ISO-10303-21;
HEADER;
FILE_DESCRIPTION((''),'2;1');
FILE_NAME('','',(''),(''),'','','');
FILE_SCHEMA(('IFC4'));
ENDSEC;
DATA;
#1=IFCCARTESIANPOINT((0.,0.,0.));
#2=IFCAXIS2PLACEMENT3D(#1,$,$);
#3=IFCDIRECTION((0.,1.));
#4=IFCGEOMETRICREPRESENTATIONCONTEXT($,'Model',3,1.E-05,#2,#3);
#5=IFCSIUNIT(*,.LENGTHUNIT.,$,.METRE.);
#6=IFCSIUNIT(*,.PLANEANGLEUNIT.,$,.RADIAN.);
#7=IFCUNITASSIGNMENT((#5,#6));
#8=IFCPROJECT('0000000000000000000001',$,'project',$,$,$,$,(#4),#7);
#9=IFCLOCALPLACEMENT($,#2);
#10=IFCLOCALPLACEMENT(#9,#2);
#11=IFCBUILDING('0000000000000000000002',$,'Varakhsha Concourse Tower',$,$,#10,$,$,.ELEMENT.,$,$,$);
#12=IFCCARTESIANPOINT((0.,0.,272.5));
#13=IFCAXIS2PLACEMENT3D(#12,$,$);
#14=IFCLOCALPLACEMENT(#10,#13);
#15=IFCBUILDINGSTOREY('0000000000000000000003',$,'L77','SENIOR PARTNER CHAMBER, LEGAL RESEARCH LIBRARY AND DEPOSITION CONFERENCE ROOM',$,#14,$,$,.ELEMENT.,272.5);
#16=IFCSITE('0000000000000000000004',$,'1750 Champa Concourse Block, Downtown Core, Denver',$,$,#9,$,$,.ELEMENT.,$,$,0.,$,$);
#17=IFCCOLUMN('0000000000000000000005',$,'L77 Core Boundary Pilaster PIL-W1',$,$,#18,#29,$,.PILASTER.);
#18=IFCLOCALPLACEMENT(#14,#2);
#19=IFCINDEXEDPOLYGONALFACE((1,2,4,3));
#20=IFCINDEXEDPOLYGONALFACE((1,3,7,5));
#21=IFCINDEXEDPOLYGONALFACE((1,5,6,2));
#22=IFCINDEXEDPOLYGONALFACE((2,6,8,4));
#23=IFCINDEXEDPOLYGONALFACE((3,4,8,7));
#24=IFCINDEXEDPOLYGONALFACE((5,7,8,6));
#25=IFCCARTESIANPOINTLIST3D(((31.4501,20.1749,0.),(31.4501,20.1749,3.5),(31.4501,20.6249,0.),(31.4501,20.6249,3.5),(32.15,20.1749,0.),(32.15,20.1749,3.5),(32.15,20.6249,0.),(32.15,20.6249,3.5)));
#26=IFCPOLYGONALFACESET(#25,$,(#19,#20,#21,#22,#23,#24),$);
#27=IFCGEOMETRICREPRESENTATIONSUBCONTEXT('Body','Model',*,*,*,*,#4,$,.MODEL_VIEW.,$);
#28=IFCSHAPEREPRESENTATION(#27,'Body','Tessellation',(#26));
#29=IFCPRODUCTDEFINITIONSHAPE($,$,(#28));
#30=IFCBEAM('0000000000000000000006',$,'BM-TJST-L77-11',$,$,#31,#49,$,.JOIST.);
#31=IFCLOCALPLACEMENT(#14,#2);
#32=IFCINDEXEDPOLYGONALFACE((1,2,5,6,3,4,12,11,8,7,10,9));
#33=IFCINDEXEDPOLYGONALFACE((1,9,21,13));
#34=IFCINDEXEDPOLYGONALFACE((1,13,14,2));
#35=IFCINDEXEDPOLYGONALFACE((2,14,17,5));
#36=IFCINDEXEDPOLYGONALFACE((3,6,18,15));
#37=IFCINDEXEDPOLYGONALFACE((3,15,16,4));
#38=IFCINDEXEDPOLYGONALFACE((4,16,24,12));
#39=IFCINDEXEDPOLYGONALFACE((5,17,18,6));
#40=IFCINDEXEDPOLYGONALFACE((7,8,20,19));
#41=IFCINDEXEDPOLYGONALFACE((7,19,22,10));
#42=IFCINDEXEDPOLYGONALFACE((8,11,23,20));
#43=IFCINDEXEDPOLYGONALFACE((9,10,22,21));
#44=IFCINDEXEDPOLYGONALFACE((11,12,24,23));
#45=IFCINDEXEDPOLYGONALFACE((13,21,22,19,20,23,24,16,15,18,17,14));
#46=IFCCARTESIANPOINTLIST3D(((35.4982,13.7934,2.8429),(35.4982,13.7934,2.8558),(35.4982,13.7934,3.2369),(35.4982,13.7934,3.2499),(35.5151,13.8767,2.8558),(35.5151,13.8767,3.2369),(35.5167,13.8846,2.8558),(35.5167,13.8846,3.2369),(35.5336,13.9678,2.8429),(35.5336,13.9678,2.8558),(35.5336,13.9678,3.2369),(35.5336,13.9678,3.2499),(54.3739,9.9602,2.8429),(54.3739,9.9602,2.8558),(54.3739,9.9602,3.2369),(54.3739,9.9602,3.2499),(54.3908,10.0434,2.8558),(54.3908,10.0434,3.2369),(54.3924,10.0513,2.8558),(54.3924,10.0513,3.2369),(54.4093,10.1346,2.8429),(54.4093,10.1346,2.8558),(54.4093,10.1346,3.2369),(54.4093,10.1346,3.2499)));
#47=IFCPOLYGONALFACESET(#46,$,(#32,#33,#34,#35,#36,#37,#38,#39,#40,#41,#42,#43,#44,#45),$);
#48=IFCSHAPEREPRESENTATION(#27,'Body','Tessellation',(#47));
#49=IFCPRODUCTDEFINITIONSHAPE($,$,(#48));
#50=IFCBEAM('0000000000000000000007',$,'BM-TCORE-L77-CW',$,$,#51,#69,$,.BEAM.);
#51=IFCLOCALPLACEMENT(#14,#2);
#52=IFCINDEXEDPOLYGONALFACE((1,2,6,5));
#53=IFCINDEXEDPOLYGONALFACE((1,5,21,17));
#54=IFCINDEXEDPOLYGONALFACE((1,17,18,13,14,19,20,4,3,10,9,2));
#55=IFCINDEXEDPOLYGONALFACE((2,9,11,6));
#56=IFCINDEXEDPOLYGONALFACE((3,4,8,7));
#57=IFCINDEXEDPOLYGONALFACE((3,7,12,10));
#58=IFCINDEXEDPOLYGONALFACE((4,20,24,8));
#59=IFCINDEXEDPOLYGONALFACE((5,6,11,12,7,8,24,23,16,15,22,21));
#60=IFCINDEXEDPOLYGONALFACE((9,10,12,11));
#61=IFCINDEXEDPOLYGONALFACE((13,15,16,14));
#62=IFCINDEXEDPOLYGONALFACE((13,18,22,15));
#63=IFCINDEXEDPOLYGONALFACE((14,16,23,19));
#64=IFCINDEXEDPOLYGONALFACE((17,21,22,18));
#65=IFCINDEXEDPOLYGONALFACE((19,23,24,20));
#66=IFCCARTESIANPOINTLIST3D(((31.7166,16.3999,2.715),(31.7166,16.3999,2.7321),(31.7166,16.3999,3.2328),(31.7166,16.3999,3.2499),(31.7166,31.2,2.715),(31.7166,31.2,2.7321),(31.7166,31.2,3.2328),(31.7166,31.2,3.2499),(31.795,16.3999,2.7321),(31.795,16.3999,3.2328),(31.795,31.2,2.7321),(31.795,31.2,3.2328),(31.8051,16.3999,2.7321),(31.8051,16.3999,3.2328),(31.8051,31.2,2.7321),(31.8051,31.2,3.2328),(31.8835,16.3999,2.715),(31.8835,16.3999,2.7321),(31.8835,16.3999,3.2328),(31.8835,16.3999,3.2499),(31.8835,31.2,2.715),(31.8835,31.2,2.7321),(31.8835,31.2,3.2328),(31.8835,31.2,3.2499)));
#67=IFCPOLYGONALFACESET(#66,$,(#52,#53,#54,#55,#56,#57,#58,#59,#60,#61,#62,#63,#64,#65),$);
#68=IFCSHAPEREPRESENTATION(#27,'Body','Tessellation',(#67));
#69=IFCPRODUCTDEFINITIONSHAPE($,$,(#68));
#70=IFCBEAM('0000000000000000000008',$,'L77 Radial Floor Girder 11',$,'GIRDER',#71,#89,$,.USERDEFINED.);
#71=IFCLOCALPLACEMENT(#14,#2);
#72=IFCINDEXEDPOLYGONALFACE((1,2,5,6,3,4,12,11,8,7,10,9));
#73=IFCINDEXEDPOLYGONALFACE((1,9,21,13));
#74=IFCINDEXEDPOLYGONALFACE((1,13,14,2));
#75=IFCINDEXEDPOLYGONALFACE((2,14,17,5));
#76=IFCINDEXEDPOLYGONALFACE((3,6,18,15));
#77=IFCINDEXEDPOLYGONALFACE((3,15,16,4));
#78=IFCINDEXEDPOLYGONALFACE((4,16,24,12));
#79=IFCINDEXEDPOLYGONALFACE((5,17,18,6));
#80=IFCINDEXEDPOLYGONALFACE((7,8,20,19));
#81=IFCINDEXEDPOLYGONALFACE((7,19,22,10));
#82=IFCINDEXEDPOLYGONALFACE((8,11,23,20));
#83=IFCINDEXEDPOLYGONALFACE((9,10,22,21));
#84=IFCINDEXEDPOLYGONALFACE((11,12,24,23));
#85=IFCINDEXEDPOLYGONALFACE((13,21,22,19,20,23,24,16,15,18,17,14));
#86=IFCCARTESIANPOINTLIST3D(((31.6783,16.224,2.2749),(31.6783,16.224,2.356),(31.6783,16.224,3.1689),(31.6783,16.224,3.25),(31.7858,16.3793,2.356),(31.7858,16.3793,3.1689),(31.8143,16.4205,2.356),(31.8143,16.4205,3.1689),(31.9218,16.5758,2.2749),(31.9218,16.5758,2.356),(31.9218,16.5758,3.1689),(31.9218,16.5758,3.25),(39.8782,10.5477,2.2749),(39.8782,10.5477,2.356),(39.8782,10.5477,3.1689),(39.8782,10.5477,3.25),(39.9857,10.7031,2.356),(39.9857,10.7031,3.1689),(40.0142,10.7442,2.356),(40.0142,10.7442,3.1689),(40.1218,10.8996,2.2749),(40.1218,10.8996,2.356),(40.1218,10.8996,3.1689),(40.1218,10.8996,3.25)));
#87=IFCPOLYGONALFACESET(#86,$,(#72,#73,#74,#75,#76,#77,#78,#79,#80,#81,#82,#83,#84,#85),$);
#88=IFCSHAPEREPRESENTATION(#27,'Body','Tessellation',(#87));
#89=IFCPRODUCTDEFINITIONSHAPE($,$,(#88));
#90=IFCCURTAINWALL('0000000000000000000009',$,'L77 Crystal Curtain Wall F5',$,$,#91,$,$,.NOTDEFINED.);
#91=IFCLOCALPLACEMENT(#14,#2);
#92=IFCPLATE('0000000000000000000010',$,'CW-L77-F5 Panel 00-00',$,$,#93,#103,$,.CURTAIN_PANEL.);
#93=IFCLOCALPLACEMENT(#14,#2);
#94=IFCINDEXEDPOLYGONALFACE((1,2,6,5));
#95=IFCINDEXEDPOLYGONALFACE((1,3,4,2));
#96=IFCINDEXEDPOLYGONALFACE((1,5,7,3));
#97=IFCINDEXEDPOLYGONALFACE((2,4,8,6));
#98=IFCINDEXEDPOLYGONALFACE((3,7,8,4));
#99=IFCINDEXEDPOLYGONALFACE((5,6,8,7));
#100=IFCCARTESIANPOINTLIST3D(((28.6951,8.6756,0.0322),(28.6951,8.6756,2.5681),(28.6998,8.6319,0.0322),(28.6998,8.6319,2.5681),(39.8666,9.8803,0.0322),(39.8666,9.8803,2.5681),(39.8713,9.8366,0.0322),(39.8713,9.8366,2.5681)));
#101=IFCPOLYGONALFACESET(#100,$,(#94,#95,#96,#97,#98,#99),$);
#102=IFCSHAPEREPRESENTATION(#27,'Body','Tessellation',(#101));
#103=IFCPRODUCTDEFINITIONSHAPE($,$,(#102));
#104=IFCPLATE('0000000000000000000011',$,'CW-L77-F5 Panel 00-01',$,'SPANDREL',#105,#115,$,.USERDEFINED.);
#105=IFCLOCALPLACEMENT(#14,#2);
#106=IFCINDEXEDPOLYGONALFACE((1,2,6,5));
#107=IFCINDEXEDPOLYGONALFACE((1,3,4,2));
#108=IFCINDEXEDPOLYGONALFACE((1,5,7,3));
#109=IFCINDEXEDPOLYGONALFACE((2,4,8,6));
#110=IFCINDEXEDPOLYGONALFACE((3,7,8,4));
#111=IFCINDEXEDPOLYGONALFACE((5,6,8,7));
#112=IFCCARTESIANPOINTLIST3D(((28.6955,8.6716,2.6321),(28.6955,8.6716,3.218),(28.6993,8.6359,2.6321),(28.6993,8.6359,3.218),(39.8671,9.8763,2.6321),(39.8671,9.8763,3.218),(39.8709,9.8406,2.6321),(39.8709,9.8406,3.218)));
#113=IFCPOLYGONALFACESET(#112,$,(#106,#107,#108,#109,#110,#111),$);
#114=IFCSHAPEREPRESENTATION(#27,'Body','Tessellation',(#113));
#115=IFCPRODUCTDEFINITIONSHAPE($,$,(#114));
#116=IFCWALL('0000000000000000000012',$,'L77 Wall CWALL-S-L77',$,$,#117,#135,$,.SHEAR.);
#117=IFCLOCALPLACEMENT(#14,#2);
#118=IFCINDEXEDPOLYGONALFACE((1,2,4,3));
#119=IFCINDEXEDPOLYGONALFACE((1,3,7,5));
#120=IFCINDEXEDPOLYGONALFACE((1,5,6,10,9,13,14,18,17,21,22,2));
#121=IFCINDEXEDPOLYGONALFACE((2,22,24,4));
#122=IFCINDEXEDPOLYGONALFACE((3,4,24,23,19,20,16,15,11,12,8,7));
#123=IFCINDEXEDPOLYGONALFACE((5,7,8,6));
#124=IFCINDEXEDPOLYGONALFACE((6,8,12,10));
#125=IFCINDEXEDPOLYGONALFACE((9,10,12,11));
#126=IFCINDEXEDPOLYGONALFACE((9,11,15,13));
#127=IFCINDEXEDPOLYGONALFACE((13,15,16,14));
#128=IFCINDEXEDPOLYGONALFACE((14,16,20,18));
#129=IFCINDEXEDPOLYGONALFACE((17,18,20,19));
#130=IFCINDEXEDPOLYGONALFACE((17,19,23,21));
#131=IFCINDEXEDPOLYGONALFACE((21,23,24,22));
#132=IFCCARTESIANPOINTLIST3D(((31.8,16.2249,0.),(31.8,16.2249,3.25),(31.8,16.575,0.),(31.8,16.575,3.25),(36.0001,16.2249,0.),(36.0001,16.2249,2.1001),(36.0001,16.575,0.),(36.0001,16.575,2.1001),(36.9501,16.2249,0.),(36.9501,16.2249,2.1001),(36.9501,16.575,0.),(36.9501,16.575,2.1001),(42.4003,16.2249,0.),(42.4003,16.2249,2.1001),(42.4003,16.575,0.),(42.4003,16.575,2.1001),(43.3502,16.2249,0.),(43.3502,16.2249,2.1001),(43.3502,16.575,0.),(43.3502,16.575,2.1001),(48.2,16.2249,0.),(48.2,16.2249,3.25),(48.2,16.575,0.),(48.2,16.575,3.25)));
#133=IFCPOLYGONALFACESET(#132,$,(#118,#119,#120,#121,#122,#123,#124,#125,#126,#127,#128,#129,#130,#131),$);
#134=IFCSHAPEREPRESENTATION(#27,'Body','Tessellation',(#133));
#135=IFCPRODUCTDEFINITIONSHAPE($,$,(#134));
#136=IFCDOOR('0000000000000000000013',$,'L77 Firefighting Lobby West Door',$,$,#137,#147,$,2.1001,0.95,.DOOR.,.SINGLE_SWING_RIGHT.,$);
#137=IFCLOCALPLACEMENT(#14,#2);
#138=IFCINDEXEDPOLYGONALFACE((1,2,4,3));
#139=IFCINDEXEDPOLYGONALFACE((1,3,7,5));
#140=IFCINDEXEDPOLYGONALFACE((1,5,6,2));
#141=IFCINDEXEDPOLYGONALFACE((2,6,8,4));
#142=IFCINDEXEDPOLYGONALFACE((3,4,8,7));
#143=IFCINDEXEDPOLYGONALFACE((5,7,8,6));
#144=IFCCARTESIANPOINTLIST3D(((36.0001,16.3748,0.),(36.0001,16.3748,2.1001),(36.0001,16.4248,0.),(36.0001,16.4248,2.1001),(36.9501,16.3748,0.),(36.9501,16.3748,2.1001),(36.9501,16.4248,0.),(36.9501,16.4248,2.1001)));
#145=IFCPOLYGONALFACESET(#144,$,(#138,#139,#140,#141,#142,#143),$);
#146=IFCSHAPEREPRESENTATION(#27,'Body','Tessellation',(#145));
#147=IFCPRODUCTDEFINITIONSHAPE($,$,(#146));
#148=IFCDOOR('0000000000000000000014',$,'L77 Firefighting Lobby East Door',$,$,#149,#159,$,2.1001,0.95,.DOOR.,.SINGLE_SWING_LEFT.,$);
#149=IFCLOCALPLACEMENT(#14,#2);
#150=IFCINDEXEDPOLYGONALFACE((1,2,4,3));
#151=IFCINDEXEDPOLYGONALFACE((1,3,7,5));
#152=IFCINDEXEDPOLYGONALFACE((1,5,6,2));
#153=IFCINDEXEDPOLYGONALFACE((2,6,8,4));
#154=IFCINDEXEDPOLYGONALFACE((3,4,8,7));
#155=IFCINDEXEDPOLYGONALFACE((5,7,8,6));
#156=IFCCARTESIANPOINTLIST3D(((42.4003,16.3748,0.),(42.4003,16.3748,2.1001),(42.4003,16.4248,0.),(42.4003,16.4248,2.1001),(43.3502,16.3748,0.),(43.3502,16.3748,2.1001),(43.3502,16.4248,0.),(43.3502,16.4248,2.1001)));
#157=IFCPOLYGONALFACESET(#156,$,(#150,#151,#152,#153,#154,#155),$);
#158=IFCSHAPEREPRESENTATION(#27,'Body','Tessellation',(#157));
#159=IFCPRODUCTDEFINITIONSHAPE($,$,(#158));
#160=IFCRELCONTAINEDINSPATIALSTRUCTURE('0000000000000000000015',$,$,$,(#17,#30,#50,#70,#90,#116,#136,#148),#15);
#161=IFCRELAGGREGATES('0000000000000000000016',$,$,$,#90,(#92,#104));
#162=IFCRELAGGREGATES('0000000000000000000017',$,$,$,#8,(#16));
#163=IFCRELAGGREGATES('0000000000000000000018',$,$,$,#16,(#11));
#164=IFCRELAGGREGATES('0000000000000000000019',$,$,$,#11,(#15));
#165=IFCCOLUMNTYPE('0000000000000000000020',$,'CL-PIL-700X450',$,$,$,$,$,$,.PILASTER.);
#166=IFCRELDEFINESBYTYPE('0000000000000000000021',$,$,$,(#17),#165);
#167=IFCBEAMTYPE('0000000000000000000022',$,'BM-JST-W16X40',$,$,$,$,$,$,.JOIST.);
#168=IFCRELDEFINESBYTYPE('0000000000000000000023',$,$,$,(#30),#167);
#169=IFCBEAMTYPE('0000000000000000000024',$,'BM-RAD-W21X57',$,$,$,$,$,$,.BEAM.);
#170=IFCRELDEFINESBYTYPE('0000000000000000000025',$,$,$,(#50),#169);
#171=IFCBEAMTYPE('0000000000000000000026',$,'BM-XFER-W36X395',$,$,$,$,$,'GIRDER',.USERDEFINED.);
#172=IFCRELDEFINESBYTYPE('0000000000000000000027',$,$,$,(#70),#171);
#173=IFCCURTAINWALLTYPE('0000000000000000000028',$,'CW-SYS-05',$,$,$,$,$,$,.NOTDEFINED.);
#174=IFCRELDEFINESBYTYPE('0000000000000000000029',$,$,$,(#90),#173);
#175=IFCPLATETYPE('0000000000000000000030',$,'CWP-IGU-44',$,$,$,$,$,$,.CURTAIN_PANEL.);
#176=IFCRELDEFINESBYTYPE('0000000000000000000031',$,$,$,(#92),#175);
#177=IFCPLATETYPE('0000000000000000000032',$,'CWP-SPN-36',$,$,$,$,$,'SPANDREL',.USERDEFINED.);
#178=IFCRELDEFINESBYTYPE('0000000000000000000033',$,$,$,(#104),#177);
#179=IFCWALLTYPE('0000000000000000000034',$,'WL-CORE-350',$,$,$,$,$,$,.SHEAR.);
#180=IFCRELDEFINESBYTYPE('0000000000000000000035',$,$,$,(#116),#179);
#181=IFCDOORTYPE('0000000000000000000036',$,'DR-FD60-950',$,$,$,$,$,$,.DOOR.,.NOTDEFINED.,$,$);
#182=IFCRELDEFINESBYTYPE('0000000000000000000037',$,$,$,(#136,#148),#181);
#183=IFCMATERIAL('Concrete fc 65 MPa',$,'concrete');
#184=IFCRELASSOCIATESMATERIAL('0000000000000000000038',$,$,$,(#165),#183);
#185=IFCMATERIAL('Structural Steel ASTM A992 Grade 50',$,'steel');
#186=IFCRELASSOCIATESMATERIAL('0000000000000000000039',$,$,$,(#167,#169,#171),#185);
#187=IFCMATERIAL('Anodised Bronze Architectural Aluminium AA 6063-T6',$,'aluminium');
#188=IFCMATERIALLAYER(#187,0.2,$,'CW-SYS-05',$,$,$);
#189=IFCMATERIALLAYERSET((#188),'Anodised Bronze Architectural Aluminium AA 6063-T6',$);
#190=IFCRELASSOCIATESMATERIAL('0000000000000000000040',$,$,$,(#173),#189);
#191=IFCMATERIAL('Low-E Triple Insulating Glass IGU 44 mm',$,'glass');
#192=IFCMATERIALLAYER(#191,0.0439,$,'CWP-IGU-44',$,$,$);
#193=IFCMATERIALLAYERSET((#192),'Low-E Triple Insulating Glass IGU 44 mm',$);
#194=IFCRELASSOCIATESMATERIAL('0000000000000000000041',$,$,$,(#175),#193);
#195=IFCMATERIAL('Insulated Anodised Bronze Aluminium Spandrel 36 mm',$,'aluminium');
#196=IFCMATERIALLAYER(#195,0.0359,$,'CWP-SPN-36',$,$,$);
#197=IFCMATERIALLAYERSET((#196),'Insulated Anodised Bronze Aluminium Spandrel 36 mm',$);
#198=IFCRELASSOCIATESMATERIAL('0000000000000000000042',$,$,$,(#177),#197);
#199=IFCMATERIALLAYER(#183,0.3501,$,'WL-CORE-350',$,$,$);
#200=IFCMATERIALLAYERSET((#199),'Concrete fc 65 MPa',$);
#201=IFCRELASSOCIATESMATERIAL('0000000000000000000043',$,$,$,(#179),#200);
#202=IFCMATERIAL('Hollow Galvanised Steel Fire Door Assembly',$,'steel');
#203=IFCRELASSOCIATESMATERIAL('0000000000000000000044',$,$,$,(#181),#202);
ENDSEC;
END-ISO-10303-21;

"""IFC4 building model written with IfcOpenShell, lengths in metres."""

from ifc_helpers import new_model, si_unit, direction, frame, frame_2d, origin, origin_2d, place, context, subcontext, project, spatial, rectangle, i_section, extrude, source, transform, mapped, material, layer, layer_set, material_profile, profile_set, type_object, type_shapes, element, fill, aggregate, save


model = new_model("IFC4")

# Units and contexts
model_context = context("Model", 3, precision=1e-05, world=origin(), true_north=direction((0.0, 1.0)))
body_context = subcontext(model_context, "Body", "Model", "MODEL_VIEW")
ifc_project = project(units=[si_unit("LENGTHUNIT", "METRE"), si_unit("PLANEANGLEUNIT", "RADIAN")], contexts=[model_context])

# Site, building, storey
site_placement = place(None, origin())
site = spatial("IfcSite", under=ifc_project, at=site_placement, Name="1750 Champa Concourse Block, Downtown Core, Denver", CompositionType="ELEMENT", RefElevation=0.0)
building_placement = place(site_placement, origin())
building = spatial("IfcBuilding", under=site, at=building_placement, Name="Varakhsha Concourse Tower", CompositionType="ELEMENT")
storey_placement = place(building_placement, frame((0.0, 0.0, 272.5)))
storey = spatial("IfcBuildingStorey", under=building, at=storey_placement, Name="L77", Description="SENIOR PARTNER CHAMBER, LEGAL RESEARCH LIBRARY AND DEPOSITION CONFERENCE ROOM", CompositionType="ELEMENT", Elevation=272.5)

# Column
ifc_material_1 = material(Name="Concrete fc 65 MPa", Category="concrete")
ifc_material_profile_1 = material_profile(ifc_material_1, rectangle(XDim=0.7, YDim=0.45, at=origin_2d()), Name="RC 700x450")
ifc_profile_set_1 = profile_set([ifc_material_profile_1], Name="Concrete fc 65 MPa")
column_type = type_object("IfcColumnType", Name="CL-PIL-700X450", PredefinedType="PILASTER", material=ifc_profile_set_1)
column_placement = place(storey_placement, frame((31.8, 20.3999, 0.0), z_axis=(0.0, 0.0, 1.0), x_axis=(1.0, 0.0, 0.0)))
element("IfcColumn", 1, at=column_placement, inside=storey, type_object=column_type, Name="L77 Core Boundary Pilaster PIL-W1", PredefinedType="PILASTER", context=body_context, shape_type="SweptSolid", body=[
    extrude(rectangle(XDim=0.7, YDim=0.45, at=origin_2d()), origin(), (0.0, 0.0, 1.0), 3.5),
])

# Beams
ifc_material_2 = material(Name="Structural Steel ASTM A992 Grade 50", Category="steel")
ifc_material_profile_2 = material_profile(ifc_material_2, i_section(OverallWidth=0.178, OverallDepth=0.407, WebThickness=0.0081, FlangeThickness=0.0129, at=origin_2d()), Name="W16X40")
ifc_profile_set_2 = profile_set([ifc_material_profile_2], Name="Structural Steel ASTM A992 Grade 50")
beam_type_1 = type_object("IfcBeamType", Name="BM-JST-W16X40", PredefinedType="JOIST", material=ifc_profile_set_2)
beam_1_placement = place(storey_placement, frame((35.5159, 13.8806, 3.0464), z_axis=(0.979996, -0.199016, 0.0), x_axis=(0.199016, 0.979996, 0.0)))
element("IfcBeam", 2, at=beam_1_placement, inside=storey, type_object=beam_type_1, Name="BM-TJST-L77-11", PredefinedType="JOIST", context=body_context, shape_type="SweptSolid", body=[
    extrude(i_section(OverallWidth=0.178, OverallDepth=0.407, WebThickness=0.0081, FlangeThickness=0.0129, at=origin_2d()), origin(), (0.0, 0.0, 1.0), 19.261),
])
ifc_material_profile_3 = material_profile(ifc_material_2, i_section(OverallWidth=0.167, OverallDepth=0.5349, WebThickness=0.01, FlangeThickness=0.0171, at=origin_2d()), Name="W21X57")
ifc_profile_set_3 = profile_set([ifc_material_profile_3], Name="Structural Steel ASTM A992 Grade 50")
beam_type_2 = type_object("IfcBeamType", Name="BM-RAD-W21X57", PredefinedType="BEAM", material=ifc_profile_set_3)
beam_2_placement = place(storey_placement, frame((31.8, 16.3999, 2.9824), z_axis=(0.0, 1.0, 0.0), x_axis=(-1.0, 0.0, 0.0)))
element("IfcBeam", 3, at=beam_2_placement, inside=storey, type_object=beam_type_2, Name="BM-TCORE-L77-CW", PredefinedType="BEAM", context=body_context, shape_type="SweptSolid", body=[
    extrude(i_section(OverallWidth=0.167, OverallDepth=0.5349, WebThickness=0.01, FlangeThickness=0.0171, at=origin_2d()), origin(), (0.0, 0.0, 1.0), 14.8),
])
ifc_material_profile_4 = material_profile(ifc_material_2, i_section(OverallWidth=0.428, OverallDepth=0.9751, WebThickness=0.05, FlangeThickness=0.0811, at=origin_2d()), Name="W36X395")
ifc_profile_set_4 = profile_set([ifc_material_profile_4], Name="Structural Steel ASTM A992 Grade 50")
beam_type_3 = type_object("IfcBeamType", Name="BM-XFER-W36X395", ElementType="GIRDER", PredefinedType="USERDEFINED", material=ifc_profile_set_4)
beam_3_placement = place(storey_placement, frame((31.8, 16.3999, 2.7625), z_axis=(0.822221, -0.569168, 0.0), x_axis=(0.569168, 0.822221, 0.0)))
element("IfcBeam", 4, at=beam_3_placement, inside=storey, type_object=beam_type_3, Name="L77 Radial Floor Girder 11", ObjectType="GIRDER", PredefinedType="USERDEFINED", context=body_context, shape_type="SweptSolid", body=[
    extrude(i_section(OverallWidth=0.428, OverallDepth=0.9751, WebThickness=0.05, FlangeThickness=0.0811, at=origin_2d()), origin(), (0.0, 0.0, 1.0), 9.9729),
])

# Curtain wall, plates
ifc_material_3 = material(Name="Anodised Bronze Architectural Aluminium AA 6063-T6", Category="aluminium")
ifc_layer_1 = layer(ifc_material_3, 0.2, Name="CW-SYS-05")
ifc_layer_set_1 = layer_set([ifc_layer_1], Name="Anodised Bronze Architectural Aluminium AA 6063-T6")
curtain_wall_type = type_object("IfcCurtainWallType", Name="CW-SYS-05", PredefinedType="NOTDEFINED", material=ifc_layer_set_1)
curtain_wall_placement = place(storey_placement, origin())
curtain_wall = element("IfcCurtainWall", 5, at=curtain_wall_placement, inside=storey, type_object=curtain_wall_type, Name="L77 Crystal Curtain Wall F5", PredefinedType="NOTDEFINED")
ifc_material_4 = material(Name="Low-E Triple Insulating Glass IGU 44 mm", Category="glass")
ifc_layer_2 = layer(ifc_material_4, 0.0439, Name="CWP-IGU-44")
ifc_layer_set_2 = layer_set([ifc_layer_2], Name="Low-E Triple Insulating Glass IGU 44 mm")
plate_type_1 = type_object("IfcPlateType", Name="CWP-IGU-44", PredefinedType="CURTAIN_PANEL", material=ifc_layer_set_2)
shared_shape_1 = source(origin(), body_context, "Body", "SweptSolid", [
    extrude(rectangle(XDim=11.2363, YDim=0.0439, at=origin_2d()), origin(), (0.0, 0.0, 1.0), 2.5359),
])
type_shapes(plate_type_1, [shared_shape_1])
plate_1_placement = place(storey_placement, frame((34.2832, 9.2561, 0.0322), z_axis=(0.0, 0.0, 1.0), x_axis=(-0.994236, -0.10721, 0.0)))
plate_1 = element("IfcPlate", 6, at=plate_1_placement, type_object=plate_type_1, Name="CW-L77-F5 Panel 00-00", PredefinedType="CURTAIN_PANEL", context=body_context, shape_type="MappedRepresentation", body=[
    mapped(shared_shape_1, transform((0.0, 0.0, 0.0), scale=1.0)),
])
ifc_material_5 = material(Name="Insulated Anodised Bronze Aluminium Spandrel 36 mm", Category="aluminium")
ifc_layer_3 = layer(ifc_material_5, 0.0359, Name="CWP-SPN-36")
ifc_layer_set_3 = layer_set([ifc_layer_3], Name="Insulated Anodised Bronze Aluminium Spandrel 36 mm")
plate_type_2 = type_object("IfcPlateType", Name="CWP-SPN-36", ElementType="SPANDREL", PredefinedType="USERDEFINED", material=ifc_layer_set_3)
shared_shape_2 = source(origin(), body_context, "Body", "SweptSolid", [
    extrude(rectangle(XDim=11.2363, YDim=0.0359, at=origin_2d()), origin(), (0.0, 0.0, 1.0), 0.5859),
])
type_shapes(plate_type_2, [shared_shape_2])
plate_2_placement = place(storey_placement, frame((34.2832, 9.2561, 2.6321), z_axis=(0.0, 0.0, 1.0), x_axis=(-0.994236, -0.10721, 0.0)))
plate_2 = element("IfcPlate", 7, at=plate_2_placement, type_object=plate_type_2, Name="CW-L77-F5 Panel 00-01", ObjectType="SPANDREL", PredefinedType="USERDEFINED", context=body_context, shape_type="MappedRepresentation", body=[
    mapped(shared_shape_2, transform((0.0, 0.0, 0.0), scale=1.0)),
])
aggregate(curtain_wall, [plate_1, plate_2])

# Wall, openings, doors
ifc_layer_4 = layer(ifc_material_1, 0.3501, Name="WL-CORE-350")
ifc_layer_set_4 = layer_set([ifc_layer_4], Name="Concrete fc 65 MPa")
wall_type_1 = type_object("IfcWallType", Name="WL-CORE-350", PredefinedType="SHEAR", material=ifc_layer_set_4)
wall_1_placement = place(storey_placement, frame((31.8, 16.3999, 0.0), z_axis=(0.0, 0.0, 1.0), x_axis=(1.0, 0.0, 0.0)))
wall_1 = element("IfcWall", 8, at=wall_1_placement, inside=storey, type_object=wall_type_1, Name="L77 Wall CWALL-S-L77", PredefinedType="SHEAR", context=body_context, shape_type="SweptSolid", body=[
    extrude(rectangle(XDim=16.3999, YDim=0.3501, at=frame_2d((8.2, 0.0))), origin(), (0.0, 0.0, 1.0), 3.25),
])
opening_1_placement = place(wall_1_placement, frame((4.2, 0.0, 0.0)))
opening_1 = element("IfcOpeningElement", 9, at=opening_1_placement, cuts=wall_1, PredefinedType="OPENING", context=body_context, shape_type="SweptSolid", body=[
    extrude(rectangle(XDim=0.95, YDim=2.1001, at=frame_2d((0.4751, 1.05))), frame((0.0, 0.1851, 0.0), z_axis=(0.0, -1.0, 0.0), x_axis=(1.0, 0.0, 0.0)), (0.0, 0.0, 1.0), 0.3701),
])
opening_2_placement = place(wall_1_placement, frame((10.6001, 0.0, 0.0)))
opening_2 = element("IfcOpeningElement", 10, at=opening_2_placement, cuts=wall_1, PredefinedType="OPENING", context=body_context, shape_type="SweptSolid", body=[
    extrude(rectangle(XDim=0.95, YDim=2.1001, at=frame_2d((0.4751, 1.05))), frame((0.0, 0.1851, 0.0), z_axis=(0.0, -1.0, 0.0), x_axis=(1.0, 0.0, 0.0)), (0.0, 0.0, 1.0), 0.3701),
])
ifc_material_6 = material(Name="Hollow Galvanised Steel Fire Door Assembly", Category="steel")
door_type_1 = type_object("IfcDoorType", Name="DR-FD60-950", OperationType="NOTDEFINED", PredefinedType="DOOR", material=ifc_material_6)
door_1_placement = place(opening_1_placement, origin())
door_1 = element("IfcDoor", 11, at=door_1_placement, inside=storey, type_object=door_type_1, Name="L77 Firefighting Lobby West Door", OperationType="SINGLE_SWING_RIGHT", OverallHeight=2.1001, OverallWidth=0.95, PredefinedType="DOOR", context=body_context, shape_type="SweptSolid", body=[
    extrude(rectangle(XDim=0.95, YDim=2.1001, at=frame_2d((0.4751, 1.05))), frame((0.0, 0.0249, 0.0), z_axis=(0.0, -1.0, 0.0), x_axis=(1.0, 0.0, 0.0)), (0.0, 0.0, 1.0), 0.05),
])
fill(opening_1, door_1)
door_2_placement = place(opening_2_placement, origin())
door_2 = element("IfcDoor", 12, at=door_2_placement, inside=storey, type_object=door_type_1, Name="L77 Firefighting Lobby East Door", OperationType="SINGLE_SWING_LEFT", OverallHeight=2.1001, OverallWidth=0.95, PredefinedType="DOOR", context=body_context, shape_type="SweptSolid", body=[
    extrude(rectangle(XDim=0.95, YDim=2.1001, at=frame_2d((0.4751, 1.05))), frame((0.0, 0.0249, 0.0), z_axis=(0.0, -1.0, 0.0), x_axis=(1.0, 0.0, 0.0)), (0.0, 0.0, 1.0), 0.05),
])
fill(opening_2, door_2)

save(model, "model.ifc")
